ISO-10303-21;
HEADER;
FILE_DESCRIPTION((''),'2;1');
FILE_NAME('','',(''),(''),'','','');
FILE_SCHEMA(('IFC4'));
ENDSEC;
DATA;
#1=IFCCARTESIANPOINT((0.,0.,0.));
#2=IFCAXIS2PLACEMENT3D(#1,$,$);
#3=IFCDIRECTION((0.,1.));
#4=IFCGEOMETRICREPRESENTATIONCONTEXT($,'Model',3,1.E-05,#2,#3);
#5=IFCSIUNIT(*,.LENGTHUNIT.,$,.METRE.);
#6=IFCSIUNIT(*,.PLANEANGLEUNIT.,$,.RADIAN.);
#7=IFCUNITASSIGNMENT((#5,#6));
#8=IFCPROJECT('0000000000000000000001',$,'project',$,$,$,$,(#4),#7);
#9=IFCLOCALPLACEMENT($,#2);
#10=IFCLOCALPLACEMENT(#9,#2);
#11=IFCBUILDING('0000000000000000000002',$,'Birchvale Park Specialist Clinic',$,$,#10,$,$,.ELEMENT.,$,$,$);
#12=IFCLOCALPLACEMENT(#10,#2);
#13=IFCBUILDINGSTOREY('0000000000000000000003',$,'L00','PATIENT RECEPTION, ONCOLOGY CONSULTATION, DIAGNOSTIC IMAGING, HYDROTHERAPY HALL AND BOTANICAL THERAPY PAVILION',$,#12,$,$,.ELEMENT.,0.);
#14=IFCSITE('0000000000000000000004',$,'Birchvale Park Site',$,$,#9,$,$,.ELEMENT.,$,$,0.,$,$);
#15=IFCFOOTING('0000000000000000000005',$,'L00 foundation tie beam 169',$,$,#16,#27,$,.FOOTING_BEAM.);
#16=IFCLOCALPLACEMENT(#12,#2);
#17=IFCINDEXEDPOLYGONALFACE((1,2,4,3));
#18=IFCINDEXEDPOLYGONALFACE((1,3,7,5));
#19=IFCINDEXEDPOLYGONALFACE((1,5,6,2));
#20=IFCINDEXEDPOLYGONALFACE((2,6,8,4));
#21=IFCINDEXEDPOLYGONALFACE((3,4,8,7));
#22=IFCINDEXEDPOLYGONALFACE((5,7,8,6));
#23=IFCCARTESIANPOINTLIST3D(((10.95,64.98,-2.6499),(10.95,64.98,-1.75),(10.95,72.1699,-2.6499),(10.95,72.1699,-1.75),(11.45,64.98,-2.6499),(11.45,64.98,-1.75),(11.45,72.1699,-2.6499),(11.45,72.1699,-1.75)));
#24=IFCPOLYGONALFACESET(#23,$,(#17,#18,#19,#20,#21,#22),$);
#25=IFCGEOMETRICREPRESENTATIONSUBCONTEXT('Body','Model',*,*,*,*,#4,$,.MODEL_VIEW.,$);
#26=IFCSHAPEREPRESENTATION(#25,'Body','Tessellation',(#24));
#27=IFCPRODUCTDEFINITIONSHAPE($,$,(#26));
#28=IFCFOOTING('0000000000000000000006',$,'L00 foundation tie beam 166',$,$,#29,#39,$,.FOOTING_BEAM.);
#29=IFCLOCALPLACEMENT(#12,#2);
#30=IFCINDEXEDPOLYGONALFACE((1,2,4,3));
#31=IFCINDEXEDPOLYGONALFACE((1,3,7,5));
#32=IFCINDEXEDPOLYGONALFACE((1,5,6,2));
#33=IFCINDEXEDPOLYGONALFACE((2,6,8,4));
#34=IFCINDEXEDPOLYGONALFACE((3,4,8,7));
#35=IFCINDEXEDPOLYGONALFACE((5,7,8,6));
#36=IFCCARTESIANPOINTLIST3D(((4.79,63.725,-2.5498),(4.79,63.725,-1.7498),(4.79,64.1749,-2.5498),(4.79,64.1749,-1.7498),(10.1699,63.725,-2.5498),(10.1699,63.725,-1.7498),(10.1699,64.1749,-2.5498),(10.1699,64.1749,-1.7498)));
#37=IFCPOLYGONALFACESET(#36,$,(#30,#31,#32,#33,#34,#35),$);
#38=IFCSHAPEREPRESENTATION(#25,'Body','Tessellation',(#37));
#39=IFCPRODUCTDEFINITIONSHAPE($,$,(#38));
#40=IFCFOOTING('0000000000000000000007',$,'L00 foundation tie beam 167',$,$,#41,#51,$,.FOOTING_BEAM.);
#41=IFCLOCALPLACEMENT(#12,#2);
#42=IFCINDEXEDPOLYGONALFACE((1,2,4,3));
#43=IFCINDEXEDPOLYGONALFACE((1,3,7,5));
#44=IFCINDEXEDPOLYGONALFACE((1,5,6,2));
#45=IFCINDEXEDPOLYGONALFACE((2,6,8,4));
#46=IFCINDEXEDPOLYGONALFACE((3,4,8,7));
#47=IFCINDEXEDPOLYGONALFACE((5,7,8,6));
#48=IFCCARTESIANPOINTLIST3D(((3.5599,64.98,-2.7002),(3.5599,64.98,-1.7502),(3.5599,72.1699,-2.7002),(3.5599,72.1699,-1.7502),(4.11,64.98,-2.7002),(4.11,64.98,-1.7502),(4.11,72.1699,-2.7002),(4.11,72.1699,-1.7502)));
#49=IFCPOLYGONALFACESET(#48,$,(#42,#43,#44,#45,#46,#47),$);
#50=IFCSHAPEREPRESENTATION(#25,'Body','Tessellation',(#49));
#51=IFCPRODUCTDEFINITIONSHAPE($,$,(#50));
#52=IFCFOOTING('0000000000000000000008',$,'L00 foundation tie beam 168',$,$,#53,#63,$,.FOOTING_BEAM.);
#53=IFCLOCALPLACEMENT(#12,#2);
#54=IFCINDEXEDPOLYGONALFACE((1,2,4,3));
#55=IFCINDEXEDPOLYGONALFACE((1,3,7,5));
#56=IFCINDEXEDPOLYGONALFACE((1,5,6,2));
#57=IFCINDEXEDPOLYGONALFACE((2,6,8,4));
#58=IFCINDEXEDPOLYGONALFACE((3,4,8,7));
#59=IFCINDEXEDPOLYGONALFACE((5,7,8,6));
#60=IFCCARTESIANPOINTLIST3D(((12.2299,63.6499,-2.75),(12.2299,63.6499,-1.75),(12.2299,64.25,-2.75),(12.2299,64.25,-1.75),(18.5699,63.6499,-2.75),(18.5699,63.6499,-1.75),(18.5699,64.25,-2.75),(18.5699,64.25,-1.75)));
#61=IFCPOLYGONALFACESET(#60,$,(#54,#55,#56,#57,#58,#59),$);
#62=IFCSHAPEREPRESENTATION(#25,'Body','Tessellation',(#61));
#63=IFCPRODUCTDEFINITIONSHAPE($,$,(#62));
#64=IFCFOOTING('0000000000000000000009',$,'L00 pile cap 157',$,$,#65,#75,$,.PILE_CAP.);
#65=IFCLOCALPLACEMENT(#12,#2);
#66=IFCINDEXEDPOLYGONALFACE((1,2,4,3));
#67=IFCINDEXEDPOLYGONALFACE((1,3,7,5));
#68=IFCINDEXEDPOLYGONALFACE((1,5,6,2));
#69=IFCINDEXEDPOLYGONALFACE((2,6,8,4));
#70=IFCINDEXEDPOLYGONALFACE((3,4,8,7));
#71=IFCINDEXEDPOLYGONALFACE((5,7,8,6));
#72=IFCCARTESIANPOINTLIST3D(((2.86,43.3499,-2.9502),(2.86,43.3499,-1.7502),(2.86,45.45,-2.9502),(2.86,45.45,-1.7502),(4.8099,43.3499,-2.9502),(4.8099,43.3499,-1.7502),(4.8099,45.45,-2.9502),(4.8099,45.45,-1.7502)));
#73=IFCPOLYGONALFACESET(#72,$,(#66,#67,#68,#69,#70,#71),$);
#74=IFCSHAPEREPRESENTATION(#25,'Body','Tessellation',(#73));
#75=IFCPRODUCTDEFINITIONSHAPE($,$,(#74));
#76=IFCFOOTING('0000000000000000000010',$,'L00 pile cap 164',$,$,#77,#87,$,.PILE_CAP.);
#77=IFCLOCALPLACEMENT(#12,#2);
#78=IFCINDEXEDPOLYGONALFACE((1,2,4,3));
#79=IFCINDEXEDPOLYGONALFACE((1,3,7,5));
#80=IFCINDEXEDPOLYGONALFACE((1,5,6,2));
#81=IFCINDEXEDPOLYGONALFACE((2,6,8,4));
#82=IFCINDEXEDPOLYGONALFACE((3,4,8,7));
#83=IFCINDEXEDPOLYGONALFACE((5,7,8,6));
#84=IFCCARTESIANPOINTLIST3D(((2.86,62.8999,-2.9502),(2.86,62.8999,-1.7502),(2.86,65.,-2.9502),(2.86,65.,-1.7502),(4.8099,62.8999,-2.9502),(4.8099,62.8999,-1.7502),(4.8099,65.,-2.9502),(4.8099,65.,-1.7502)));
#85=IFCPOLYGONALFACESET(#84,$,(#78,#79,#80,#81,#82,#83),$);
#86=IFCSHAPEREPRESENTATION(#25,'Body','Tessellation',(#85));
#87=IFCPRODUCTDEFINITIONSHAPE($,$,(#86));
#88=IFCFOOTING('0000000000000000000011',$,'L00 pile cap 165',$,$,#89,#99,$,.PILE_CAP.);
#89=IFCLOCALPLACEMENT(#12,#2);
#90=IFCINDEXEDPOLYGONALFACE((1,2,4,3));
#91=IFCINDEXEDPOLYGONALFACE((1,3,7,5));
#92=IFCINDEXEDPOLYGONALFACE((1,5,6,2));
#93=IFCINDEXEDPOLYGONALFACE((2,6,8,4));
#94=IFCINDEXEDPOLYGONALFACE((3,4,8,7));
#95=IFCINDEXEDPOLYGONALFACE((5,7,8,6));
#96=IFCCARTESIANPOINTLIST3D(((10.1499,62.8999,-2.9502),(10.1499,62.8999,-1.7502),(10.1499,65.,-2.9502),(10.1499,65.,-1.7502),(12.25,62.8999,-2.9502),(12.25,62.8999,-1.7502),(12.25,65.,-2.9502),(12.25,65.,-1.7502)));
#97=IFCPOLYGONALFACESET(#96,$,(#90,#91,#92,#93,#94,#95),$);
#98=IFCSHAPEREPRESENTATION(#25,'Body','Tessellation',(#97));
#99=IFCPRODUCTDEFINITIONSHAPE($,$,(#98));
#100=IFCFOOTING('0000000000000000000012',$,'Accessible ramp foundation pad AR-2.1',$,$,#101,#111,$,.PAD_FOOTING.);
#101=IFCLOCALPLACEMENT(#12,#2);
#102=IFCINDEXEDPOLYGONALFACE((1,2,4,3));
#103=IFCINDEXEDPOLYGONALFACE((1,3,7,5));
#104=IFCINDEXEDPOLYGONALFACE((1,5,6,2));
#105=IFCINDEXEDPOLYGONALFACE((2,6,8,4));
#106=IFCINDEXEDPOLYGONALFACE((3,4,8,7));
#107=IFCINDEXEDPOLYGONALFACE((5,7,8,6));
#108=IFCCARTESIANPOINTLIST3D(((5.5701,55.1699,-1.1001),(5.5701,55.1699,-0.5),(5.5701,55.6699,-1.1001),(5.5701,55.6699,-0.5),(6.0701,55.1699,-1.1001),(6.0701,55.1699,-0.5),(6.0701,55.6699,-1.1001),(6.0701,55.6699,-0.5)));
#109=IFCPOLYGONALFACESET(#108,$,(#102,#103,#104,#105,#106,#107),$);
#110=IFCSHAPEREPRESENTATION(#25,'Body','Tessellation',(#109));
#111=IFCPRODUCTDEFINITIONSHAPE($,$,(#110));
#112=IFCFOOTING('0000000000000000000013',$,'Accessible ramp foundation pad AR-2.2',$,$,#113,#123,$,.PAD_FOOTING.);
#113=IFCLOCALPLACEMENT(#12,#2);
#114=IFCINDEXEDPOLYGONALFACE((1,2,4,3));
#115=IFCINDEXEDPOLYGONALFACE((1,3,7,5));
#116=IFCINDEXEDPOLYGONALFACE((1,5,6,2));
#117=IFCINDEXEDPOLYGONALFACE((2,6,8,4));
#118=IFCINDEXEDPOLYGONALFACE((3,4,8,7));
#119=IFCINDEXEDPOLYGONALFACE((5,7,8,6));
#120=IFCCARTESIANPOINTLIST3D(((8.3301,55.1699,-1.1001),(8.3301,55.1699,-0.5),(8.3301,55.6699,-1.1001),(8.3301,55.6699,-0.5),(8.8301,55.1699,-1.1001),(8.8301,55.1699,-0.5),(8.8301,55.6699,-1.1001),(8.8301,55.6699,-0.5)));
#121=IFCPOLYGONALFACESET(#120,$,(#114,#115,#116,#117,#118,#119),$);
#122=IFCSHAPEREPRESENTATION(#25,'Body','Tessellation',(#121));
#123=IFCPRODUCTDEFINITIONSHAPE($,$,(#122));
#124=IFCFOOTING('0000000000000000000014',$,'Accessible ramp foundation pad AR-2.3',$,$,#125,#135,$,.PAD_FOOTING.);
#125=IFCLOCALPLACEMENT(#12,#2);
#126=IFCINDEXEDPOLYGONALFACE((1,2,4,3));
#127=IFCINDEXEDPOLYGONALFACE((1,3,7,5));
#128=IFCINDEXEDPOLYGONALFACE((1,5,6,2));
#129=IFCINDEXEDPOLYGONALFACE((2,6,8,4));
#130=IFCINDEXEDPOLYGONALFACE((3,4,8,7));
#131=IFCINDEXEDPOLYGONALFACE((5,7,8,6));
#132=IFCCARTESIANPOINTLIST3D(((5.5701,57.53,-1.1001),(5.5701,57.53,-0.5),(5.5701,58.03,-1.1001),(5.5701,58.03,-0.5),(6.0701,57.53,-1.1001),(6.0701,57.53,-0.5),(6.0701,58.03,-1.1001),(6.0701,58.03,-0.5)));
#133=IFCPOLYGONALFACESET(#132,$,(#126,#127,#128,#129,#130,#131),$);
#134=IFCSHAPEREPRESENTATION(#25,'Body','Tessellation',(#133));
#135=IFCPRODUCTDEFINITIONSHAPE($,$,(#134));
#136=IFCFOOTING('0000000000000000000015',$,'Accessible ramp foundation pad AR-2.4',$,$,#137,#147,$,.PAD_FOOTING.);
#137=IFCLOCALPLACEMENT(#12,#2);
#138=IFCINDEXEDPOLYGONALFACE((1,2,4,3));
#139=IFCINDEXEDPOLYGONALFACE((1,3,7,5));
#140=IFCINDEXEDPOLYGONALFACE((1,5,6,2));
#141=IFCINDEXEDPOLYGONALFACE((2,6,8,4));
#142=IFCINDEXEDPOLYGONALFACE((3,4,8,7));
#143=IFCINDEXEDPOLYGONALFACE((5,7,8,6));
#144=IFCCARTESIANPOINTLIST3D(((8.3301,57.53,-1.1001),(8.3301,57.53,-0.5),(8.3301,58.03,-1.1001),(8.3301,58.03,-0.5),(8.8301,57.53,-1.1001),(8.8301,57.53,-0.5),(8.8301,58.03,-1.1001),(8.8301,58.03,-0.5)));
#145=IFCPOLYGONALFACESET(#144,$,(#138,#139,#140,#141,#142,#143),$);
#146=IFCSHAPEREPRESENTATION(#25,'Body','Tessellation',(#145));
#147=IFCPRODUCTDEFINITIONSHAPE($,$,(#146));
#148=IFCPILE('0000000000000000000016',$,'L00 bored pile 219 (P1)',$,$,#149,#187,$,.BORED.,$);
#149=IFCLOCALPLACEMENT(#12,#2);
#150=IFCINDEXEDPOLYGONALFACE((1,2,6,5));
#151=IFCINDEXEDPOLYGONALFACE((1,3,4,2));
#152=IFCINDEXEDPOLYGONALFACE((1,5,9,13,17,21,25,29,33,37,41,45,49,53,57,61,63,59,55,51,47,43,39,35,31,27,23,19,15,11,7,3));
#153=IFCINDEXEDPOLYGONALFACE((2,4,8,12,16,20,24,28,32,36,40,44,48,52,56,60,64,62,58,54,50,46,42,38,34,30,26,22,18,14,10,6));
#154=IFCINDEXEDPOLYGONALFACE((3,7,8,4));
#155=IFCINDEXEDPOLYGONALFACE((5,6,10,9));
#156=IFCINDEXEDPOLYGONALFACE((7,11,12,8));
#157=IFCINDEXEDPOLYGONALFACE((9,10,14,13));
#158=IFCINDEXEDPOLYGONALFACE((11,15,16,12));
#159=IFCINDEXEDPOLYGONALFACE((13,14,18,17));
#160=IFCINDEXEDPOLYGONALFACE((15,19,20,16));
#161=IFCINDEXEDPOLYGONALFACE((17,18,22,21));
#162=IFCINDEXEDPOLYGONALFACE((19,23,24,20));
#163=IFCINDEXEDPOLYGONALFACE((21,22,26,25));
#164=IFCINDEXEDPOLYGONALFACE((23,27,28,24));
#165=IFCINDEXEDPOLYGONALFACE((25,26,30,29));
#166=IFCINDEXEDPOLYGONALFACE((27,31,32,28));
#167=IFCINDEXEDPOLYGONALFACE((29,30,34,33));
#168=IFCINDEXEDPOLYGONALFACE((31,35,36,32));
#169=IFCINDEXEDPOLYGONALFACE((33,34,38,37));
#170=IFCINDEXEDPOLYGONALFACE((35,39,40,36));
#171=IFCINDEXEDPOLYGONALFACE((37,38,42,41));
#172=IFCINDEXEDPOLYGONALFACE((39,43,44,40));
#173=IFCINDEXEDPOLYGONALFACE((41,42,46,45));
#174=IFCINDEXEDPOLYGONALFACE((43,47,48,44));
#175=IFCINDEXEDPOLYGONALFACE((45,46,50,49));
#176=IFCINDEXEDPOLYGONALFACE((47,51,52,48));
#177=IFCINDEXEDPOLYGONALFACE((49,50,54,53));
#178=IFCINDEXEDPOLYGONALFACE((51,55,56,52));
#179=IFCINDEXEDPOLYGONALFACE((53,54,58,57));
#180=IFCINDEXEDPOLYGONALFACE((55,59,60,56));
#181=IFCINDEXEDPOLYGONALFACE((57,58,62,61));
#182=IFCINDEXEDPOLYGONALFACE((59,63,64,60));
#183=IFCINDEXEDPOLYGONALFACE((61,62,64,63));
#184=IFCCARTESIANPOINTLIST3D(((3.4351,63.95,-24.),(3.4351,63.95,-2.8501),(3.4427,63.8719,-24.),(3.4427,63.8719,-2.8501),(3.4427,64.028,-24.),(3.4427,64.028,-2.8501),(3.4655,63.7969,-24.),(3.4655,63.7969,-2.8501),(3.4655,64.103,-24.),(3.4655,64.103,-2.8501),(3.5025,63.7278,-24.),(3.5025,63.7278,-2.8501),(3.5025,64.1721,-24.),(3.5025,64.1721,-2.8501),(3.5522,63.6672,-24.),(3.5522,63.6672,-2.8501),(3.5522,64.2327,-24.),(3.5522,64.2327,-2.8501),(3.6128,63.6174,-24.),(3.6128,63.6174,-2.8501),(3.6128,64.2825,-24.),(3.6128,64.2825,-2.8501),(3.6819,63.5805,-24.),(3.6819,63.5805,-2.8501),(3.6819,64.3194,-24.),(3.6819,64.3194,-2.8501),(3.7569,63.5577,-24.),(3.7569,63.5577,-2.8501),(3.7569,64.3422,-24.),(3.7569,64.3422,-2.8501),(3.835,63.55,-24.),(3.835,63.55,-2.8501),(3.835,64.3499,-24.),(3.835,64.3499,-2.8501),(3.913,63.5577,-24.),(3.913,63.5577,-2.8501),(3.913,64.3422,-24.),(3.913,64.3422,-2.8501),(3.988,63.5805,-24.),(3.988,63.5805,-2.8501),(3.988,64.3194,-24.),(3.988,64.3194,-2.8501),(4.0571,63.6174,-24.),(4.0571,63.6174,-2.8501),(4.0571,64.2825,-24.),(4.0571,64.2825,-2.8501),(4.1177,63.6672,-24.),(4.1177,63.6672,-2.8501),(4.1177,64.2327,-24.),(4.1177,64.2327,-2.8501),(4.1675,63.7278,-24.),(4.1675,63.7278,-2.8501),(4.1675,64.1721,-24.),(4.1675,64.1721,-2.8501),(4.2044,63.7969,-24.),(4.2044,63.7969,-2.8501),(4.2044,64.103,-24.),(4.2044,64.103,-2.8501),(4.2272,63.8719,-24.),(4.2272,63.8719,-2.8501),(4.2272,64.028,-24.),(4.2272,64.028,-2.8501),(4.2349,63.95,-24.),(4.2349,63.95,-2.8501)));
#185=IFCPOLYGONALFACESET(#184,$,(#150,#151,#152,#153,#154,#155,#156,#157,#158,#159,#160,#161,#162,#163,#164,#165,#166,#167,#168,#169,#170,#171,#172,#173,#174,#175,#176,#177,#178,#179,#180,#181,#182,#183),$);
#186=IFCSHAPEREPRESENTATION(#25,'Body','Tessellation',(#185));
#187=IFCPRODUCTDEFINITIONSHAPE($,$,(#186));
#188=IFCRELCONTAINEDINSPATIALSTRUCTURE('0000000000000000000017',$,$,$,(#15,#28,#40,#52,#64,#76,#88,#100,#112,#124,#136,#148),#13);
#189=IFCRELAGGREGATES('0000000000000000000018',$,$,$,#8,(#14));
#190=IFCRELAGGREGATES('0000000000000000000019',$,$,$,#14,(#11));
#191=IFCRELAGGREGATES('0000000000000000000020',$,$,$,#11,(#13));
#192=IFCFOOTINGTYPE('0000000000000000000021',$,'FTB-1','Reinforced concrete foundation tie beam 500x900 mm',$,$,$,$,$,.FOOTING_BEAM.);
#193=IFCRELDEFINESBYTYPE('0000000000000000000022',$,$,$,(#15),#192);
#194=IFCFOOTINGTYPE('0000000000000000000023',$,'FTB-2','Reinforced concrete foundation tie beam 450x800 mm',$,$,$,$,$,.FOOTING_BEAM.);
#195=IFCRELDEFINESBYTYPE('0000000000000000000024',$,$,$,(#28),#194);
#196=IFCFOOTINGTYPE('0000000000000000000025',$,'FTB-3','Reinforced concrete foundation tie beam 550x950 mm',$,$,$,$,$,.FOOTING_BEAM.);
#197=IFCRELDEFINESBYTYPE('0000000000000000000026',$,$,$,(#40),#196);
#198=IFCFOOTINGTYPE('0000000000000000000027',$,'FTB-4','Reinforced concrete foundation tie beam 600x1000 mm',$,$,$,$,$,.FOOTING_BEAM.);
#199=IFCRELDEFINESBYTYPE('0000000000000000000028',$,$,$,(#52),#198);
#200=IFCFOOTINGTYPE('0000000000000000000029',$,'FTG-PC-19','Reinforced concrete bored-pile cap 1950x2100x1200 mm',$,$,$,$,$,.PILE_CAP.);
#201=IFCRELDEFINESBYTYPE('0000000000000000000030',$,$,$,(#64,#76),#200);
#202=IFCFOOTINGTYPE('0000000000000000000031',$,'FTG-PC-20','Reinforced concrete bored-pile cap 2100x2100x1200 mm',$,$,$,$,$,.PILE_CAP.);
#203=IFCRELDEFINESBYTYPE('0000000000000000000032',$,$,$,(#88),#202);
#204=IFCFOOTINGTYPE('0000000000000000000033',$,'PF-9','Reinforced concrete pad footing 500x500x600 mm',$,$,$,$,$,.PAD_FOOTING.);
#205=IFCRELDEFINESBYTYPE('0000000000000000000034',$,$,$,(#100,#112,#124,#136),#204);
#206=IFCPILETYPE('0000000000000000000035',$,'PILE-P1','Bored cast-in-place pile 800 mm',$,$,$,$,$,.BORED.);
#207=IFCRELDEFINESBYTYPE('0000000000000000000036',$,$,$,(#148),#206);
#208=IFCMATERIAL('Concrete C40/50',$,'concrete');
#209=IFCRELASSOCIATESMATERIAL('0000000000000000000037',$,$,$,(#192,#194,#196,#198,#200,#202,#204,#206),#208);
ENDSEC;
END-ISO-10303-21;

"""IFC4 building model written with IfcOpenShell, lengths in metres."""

from ifc_helpers import new_model, si_unit, direction, frame, origin, origin_2d, place, context, subcontext, project, spatial, rectangle, circle, extrude, material, material_profile, profile_set, type_object, element, save


model = new_model("IFC4")

# Units and contexts
model_context = context("Model", 3, precision=1e-05, world=origin(), true_north=direction((0.0, 1.0)))
body_context = subcontext(model_context, "Body", "Model", "MODEL_VIEW")
ifc_project = project(units=[si_unit("LENGTHUNIT", "METRE"), si_unit("PLANEANGLEUNIT", "RADIAN")], contexts=[model_context])

# Site, building, storey
site_placement = place(None, origin())
site = spatial("IfcSite", under=ifc_project, at=site_placement, Name="Birchvale Park Site", CompositionType="ELEMENT", RefElevation=0.0)
building_placement = place(site_placement, origin())
building = spatial("IfcBuilding", under=site, at=building_placement, Name="Birchvale Park Specialist Clinic", CompositionType="ELEMENT")
storey_placement = place(building_placement, origin())
storey = spatial("IfcBuildingStorey", under=building, at=storey_placement, Name="L00", Description="PATIENT RECEPTION, ONCOLOGY CONSULTATION, DIAGNOSTIC IMAGING, HYDROTHERAPY HALL AND BOTANICAL THERAPY PAVILION", CompositionType="ELEMENT", Elevation=0.0)

# Footings
ifc_material_1 = material(Name="Concrete C40/50", Category="concrete")
footing_type_1 = type_object("IfcFootingType", Name="FTB-1", Description="Reinforced concrete foundation tie beam 500x900 mm", PredefinedType="FOOTING_BEAM", material=ifc_material_1)
footing_1_placement = place(storey_placement, frame((11.2, 68.575, -2.6499), z_axis=(0.0, 0.0, 1.0), x_axis=(1.0, 0.0, 0.0)))
element("IfcFooting", 1, at=footing_1_placement, inside=storey, type_object=footing_type_1, Name="L00 foundation tie beam 169", PredefinedType="FOOTING_BEAM", context=body_context, shape_type="SweptSolid", body=[
    extrude(rectangle(XDim=0.5, YDim=7.1899, at=origin_2d()), origin(), (0.0, 0.0, 1.0), 0.8999),
])
footing_type_2 = type_object("IfcFootingType", Name="FTB-2", Description="Reinforced concrete foundation tie beam 450x800 mm", PredefinedType="FOOTING_BEAM", material=ifc_material_1)
footing_2_placement = place(storey_placement, frame((7.48, 63.95, -2.5498), z_axis=(0.0, 0.0, 1.0), x_axis=(1.0, 0.0, 0.0)))
element("IfcFooting", 2, at=footing_2_placement, inside=storey, type_object=footing_type_2, Name="L00 foundation tie beam 166", PredefinedType="FOOTING_BEAM", context=body_context, shape_type="SweptSolid", body=[
    extrude(rectangle(XDim=5.3799, YDim=0.45, at=origin_2d()), origin(), (0.0, 0.0, 1.0), 0.8),
])
footing_type_3 = type_object("IfcFootingType", Name="FTB-3", Description="Reinforced concrete foundation tie beam 550x950 mm", PredefinedType="FOOTING_BEAM", material=ifc_material_1)
footing_3_placement = place(storey_placement, frame((3.835, 68.575, -2.7002), z_axis=(0.0, 0.0, 1.0), x_axis=(1.0, 0.0, 0.0)))
element("IfcFooting", 3, at=footing_3_placement, inside=storey, type_object=footing_type_3, Name="L00 foundation tie beam 167", PredefinedType="FOOTING_BEAM", context=body_context, shape_type="SweptSolid", body=[
    extrude(rectangle(XDim=0.55, YDim=7.1899, at=origin_2d()), origin(), (0.0, 0.0, 1.0), 0.95),
])
footing_type_4 = type_object("IfcFootingType", Name="FTB-4", Description="Reinforced concrete foundation tie beam 600x1000 mm", PredefinedType="FOOTING_BEAM", material=ifc_material_1)
footing_4_placement = place(storey_placement, frame((15.3999, 63.95, -2.75), z_axis=(0.0, 0.0, 1.0), x_axis=(1.0, 0.0, 0.0)))
element("IfcFooting", 4, at=footing_4_placement, inside=storey, type_object=footing_type_4, Name="L00 foundation tie beam 168", PredefinedType="FOOTING_BEAM", context=body_context, shape_type="SweptSolid", body=[
    extrude(rectangle(XDim=6.3401, YDim=0.6001, at=origin_2d()), origin(), (0.0, 0.0, 1.0), 1.0),
])
footing_type_5 = type_object("IfcFootingType", Name="FTG-PC-19", Description="Reinforced concrete bored-pile cap 1950x2100x1200 mm", PredefinedType="PILE_CAP", material=ifc_material_1)
for number, where, z_axis, x_axis, name in (
    (5, (3.835, 44.3999, -2.9502), (0.0, 0.0, 1.0), (1.0, 0.0, 0.0), "L00 pile cap 157"),
    (6, (3.835, 63.95, -2.9502), (0.0, 0.0, 1.0), (1.0, 0.0, 0.0), "L00 pile cap 164"),
):
    element("IfcFooting", number, at=place(storey_placement, frame(where, z_axis=z_axis, x_axis=x_axis)), inside=storey, type_object=footing_type_5, Name=name, PredefinedType="PILE_CAP", context=body_context, shape_type="SweptSolid", body=[
        extrude(rectangle(XDim=1.95, YDim=2.1001, at=origin_2d()), origin(), (0.0, 0.0, 1.0), 1.2),
    ])
footing_type_6 = type_object("IfcFootingType", Name="FTG-PC-20", Description="Reinforced concrete bored-pile cap 2100x2100x1200 mm", PredefinedType="PILE_CAP", material=ifc_material_1)
footing_5_placement = place(storey_placement, frame((11.2, 63.95, -2.9502), z_axis=(0.0, 0.0, 1.0), x_axis=(1.0, 0.0, 0.0)))
element("IfcFooting", 7, at=footing_5_placement, inside=storey, type_object=footing_type_6, Name="L00 pile cap 165", PredefinedType="PILE_CAP", context=body_context, shape_type="SweptSolid", body=[
    extrude(rectangle(XDim=2.1001, YDim=2.1001, at=origin_2d()), origin(), (0.0, 0.0, 1.0), 1.2),
])
footing_type_7 = type_object("IfcFootingType", Name="PF-9", Description="Reinforced concrete pad footing 500x500x600 mm", PredefinedType="PAD_FOOTING", material=ifc_material_1)
for number, where, z_axis, x_axis, name in (
    (8, (5.8201, 55.4199, -1.1001), (0.0, 0.0, 1.0), (1.0, 0.0, 0.0), "Accessible ramp foundation pad AR-2.1"),
    (9, (8.5801, 55.4199, -1.1001), (0.0, 0.0, 1.0), (1.0, 0.0, 0.0), "Accessible ramp foundation pad AR-2.2"),
    (10, (5.8201, 57.78, -1.1001), (0.0, 0.0, 1.0), (1.0, 0.0, 0.0), "Accessible ramp foundation pad AR-2.3"),
    (11, (8.5801, 57.78, -1.1001), (0.0, 0.0, 1.0), (1.0, 0.0, 0.0), "Accessible ramp foundation pad AR-2.4"),
):
    element("IfcFooting", number, at=place(storey_placement, frame(where, z_axis=z_axis, x_axis=x_axis)), inside=storey, type_object=footing_type_7, Name=name, PredefinedType="PAD_FOOTING", context=body_context, shape_type="SweptSolid", body=[
        extrude(rectangle(XDim=0.5, YDim=0.5, at=origin_2d()), origin(), (0.0, 0.0, 1.0), 0.6001),
    ])

# Pile
ifc_material_profile_1 = material_profile(ifc_material_1, circle(Radius=0.3999, at=origin_2d()), Name="PILE-800")
ifc_profile_set_1 = profile_set([ifc_material_profile_1], Name="Concrete C40/50")
pile_type_1 = type_object("IfcPileType", Name="PILE-P1", Description="Bored cast-in-place pile 800 mm", PredefinedType="BORED", material=ifc_profile_set_1)
pile_1_placement = place(storey_placement, frame((3.835, 63.95, -2.8501), z_axis=(0.0, 0.0, -1.0), x_axis=(1.0, 0.0, 0.0)))
element("IfcPile", 12, at=pile_1_placement, inside=storey, type_object=pile_type_1, Name="L00 bored pile 219 (P1)", PredefinedType="BORED", context=body_context, shape_type="SweptSolid", body=[
    extrude(circle(Radius=0.3999, at=origin_2d()), origin(), (0.0, 0.0, 1.0), 21.1499),
])

save(model, "model.ifc")
